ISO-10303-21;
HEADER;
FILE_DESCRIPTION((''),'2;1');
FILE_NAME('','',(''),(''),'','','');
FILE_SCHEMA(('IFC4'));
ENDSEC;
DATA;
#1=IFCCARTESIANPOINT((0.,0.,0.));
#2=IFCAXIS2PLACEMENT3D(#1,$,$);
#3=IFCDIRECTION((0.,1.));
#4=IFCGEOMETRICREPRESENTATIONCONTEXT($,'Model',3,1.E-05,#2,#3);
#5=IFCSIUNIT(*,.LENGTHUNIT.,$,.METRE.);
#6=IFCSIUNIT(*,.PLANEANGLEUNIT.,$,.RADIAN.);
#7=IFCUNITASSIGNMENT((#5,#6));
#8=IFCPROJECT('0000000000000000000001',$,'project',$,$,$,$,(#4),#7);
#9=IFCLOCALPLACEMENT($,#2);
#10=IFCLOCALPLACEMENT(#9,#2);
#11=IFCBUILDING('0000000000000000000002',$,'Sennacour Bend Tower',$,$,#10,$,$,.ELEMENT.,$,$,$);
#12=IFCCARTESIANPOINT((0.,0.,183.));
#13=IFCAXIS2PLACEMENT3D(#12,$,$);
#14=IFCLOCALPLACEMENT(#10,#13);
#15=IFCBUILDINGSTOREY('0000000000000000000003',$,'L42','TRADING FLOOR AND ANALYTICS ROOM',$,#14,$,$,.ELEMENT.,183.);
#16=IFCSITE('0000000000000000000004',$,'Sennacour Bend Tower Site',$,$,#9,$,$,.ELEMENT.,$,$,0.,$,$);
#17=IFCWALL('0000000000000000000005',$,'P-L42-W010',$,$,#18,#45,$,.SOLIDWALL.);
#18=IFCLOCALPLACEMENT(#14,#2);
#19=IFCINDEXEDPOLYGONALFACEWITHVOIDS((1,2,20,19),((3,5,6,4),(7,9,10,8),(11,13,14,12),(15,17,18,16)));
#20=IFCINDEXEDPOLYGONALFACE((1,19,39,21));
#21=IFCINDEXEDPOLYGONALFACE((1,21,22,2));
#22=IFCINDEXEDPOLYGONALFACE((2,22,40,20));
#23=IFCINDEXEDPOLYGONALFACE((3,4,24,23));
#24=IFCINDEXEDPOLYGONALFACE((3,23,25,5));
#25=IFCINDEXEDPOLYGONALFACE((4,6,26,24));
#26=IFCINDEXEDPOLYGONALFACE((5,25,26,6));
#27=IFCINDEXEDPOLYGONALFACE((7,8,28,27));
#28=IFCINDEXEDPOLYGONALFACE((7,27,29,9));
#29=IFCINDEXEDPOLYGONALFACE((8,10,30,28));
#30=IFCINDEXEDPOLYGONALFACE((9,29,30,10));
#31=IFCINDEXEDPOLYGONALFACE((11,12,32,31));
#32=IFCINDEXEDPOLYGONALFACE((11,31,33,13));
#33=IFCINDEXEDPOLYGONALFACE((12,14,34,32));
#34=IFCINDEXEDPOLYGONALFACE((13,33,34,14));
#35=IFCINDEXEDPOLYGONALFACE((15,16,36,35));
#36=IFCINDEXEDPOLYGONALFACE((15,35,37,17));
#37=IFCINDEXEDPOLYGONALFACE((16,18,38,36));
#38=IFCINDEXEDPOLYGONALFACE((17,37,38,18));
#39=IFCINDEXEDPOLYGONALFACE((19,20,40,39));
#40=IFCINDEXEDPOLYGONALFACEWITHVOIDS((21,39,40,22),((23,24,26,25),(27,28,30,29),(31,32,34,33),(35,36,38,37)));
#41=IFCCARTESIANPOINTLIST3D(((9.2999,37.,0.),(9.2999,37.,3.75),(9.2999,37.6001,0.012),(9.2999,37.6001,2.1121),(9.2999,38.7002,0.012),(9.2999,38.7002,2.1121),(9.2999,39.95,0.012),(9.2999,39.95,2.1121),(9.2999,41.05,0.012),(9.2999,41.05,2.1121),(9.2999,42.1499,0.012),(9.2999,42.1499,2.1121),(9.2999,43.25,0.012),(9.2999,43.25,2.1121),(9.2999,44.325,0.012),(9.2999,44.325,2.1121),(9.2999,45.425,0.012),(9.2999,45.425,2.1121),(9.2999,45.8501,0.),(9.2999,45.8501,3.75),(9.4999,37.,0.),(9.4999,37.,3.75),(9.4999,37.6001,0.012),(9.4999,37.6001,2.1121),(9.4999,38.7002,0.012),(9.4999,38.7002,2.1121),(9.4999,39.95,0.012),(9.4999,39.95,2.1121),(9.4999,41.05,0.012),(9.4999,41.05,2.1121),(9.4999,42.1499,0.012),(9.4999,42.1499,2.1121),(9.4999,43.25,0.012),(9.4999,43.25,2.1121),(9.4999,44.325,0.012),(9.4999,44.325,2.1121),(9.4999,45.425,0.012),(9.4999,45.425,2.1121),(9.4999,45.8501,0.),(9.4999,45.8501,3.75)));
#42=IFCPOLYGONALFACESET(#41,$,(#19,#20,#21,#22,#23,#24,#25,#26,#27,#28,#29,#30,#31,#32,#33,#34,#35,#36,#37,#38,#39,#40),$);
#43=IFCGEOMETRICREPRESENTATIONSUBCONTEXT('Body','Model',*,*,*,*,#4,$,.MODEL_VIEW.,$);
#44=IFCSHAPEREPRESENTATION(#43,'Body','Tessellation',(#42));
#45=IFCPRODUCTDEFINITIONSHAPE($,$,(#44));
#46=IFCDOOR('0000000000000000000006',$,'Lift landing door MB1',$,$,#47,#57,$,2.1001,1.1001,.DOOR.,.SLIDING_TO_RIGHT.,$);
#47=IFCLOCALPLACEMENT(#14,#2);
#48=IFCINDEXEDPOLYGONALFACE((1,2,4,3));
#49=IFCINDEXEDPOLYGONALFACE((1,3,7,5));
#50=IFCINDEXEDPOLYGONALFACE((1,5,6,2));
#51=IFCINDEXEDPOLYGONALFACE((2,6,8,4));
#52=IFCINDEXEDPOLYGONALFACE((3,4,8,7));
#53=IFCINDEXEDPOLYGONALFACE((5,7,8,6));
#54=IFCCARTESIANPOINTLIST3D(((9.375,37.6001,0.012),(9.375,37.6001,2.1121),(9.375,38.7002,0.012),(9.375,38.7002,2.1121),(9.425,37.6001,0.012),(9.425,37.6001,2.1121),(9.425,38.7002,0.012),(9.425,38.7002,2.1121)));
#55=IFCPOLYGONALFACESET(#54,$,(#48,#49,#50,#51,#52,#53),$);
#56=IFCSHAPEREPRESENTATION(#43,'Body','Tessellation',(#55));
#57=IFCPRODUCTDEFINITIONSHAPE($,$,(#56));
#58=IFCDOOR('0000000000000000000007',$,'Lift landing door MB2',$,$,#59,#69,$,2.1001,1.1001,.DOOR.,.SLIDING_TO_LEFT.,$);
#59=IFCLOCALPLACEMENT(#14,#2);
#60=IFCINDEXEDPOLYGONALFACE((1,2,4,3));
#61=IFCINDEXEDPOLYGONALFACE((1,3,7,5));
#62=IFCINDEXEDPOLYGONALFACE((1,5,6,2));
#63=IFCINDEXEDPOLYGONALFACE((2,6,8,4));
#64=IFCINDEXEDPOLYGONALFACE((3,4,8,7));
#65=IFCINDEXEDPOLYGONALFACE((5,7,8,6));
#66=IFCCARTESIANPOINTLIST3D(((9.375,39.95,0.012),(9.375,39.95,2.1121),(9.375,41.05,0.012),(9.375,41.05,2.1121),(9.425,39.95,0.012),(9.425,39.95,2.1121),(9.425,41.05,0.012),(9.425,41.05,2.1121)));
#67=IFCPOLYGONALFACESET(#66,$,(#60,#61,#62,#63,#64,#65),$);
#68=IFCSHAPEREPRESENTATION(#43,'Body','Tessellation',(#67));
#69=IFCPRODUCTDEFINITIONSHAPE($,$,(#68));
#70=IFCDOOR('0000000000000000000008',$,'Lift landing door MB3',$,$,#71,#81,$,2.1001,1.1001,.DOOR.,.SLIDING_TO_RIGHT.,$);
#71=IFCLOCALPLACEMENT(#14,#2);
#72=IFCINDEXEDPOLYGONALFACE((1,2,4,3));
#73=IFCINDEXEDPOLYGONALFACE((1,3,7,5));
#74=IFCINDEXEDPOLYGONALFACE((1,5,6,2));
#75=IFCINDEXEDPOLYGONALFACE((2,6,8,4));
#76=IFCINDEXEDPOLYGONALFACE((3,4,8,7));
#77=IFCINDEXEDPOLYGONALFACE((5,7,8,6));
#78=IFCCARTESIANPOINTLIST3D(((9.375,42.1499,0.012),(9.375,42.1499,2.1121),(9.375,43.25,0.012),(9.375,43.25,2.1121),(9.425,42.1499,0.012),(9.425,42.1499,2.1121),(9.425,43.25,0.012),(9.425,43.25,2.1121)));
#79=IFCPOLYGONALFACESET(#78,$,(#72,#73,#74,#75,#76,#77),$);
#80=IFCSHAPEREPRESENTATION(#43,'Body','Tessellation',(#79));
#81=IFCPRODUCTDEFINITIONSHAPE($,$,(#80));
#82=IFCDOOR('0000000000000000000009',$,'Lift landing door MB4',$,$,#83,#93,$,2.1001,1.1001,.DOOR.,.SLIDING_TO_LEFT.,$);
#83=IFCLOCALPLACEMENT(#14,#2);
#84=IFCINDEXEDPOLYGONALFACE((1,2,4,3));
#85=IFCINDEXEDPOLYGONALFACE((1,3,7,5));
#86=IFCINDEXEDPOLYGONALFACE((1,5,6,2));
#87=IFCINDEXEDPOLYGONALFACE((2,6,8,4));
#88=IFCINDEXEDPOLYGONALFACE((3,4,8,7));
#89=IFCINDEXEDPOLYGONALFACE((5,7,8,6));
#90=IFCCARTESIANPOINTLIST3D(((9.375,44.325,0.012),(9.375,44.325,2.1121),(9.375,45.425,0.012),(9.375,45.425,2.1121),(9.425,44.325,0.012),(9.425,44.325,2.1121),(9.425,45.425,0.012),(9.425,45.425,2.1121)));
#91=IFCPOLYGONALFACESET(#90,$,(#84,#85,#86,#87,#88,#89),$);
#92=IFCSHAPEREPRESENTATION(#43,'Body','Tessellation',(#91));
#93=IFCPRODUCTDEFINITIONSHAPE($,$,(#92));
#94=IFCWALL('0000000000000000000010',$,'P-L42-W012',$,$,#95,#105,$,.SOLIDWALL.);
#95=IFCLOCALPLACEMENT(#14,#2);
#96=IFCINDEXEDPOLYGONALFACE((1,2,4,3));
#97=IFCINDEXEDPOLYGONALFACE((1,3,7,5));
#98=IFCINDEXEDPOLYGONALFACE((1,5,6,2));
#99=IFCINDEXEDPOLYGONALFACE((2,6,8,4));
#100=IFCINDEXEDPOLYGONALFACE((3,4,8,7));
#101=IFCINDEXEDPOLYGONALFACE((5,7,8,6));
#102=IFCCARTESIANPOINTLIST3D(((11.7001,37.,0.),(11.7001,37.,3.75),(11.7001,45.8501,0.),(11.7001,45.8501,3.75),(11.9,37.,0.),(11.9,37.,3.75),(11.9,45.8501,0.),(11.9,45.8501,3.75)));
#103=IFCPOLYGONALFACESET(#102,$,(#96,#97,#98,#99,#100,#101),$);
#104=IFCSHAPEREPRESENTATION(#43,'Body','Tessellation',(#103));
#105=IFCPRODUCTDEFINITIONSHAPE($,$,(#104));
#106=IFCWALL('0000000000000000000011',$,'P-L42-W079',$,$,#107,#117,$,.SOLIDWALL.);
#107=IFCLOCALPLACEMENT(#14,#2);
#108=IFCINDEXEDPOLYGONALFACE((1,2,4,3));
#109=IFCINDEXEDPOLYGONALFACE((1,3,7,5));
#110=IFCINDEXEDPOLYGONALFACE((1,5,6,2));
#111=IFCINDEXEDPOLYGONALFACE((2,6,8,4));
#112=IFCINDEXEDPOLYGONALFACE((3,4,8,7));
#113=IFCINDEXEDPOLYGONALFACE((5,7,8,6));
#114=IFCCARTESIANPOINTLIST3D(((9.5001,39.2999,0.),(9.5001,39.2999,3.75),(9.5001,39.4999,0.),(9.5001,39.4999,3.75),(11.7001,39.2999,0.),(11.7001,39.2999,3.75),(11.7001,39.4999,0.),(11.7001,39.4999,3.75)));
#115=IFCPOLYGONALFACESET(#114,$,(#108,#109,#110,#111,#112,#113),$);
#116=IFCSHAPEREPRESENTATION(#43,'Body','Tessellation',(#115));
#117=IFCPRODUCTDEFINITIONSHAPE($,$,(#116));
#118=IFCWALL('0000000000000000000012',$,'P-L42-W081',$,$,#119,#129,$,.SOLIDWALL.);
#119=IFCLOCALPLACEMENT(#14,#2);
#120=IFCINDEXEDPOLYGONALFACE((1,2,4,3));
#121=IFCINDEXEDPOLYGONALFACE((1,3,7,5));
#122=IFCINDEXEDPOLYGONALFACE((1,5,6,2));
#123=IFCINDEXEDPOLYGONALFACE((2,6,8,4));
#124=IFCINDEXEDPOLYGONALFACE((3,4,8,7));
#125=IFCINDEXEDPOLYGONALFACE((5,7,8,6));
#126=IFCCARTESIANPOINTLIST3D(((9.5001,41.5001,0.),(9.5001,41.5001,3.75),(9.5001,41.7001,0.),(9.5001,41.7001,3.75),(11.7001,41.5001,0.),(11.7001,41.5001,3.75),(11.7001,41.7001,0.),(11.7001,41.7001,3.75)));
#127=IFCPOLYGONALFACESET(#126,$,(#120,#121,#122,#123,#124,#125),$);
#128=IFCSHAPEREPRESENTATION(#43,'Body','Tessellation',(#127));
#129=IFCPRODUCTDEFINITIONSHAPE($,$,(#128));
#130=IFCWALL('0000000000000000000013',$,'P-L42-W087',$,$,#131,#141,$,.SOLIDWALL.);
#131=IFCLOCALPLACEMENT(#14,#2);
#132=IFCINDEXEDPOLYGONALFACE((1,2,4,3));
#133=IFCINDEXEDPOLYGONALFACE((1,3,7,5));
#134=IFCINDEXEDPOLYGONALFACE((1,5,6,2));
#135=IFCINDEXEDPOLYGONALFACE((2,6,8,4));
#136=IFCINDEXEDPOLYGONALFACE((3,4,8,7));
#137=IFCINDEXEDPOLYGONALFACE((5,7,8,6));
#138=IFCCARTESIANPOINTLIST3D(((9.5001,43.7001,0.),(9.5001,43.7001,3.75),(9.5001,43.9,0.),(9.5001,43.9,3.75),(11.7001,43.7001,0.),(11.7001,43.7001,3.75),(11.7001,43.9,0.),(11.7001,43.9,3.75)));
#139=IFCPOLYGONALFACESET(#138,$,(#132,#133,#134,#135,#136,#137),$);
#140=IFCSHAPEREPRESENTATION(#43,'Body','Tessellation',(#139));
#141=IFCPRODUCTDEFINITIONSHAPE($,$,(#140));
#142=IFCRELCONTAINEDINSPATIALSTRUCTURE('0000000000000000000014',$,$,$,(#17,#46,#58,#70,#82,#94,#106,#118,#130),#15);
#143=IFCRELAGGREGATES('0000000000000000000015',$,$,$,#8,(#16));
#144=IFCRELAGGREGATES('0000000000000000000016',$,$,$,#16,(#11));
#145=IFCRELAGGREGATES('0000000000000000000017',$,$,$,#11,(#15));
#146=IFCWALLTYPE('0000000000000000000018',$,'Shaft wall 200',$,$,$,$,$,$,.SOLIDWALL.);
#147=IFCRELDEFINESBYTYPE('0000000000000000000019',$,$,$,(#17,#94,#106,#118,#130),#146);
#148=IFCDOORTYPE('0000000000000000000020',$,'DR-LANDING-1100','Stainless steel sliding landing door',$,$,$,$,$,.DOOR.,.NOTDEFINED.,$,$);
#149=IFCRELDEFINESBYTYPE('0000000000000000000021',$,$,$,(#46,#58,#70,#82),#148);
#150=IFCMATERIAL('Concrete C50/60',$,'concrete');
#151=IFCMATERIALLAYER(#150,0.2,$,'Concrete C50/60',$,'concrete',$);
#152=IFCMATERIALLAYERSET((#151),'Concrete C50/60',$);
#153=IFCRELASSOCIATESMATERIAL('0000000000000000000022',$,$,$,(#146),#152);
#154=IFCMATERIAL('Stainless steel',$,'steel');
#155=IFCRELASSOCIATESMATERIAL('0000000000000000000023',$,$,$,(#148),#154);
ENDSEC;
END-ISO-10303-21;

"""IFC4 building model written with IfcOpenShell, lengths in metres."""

from ifc_helpers import new_model, si_unit, direction, frame, frame_2d, origin, place, context, subcontext, project, spatial, rectangle, extrude, material, layer, layer_set, type_object, element, fill, save


model = new_model("IFC4")

# Units and contexts
model_context = context("Model", 3, precision=1e-05, world=origin(), true_north=direction((0.0, 1.0)))
body_context = subcontext(model_context, "Body", "Model", "MODEL_VIEW")
ifc_project = project(units=[si_unit("LENGTHUNIT", "METRE"), si_unit("PLANEANGLEUNIT", "RADIAN")], contexts=[model_context])

# Site, building, storey
site_placement = place(None, origin())
site = spatial("IfcSite", under=ifc_project, at=site_placement, Name="Sennacour Bend Tower Site", CompositionType="ELEMENT", RefElevation=0.0)
building_placement = place(site_placement, origin())
building = spatial("IfcBuilding", under=site, at=building_placement, Name="Sennacour Bend Tower", CompositionType="ELEMENT")
storey_placement = place(building_placement, frame((0.0, 0.0, 183.0)))
storey = spatial("IfcBuildingStorey", under=building, at=storey_placement, Name="L42", Description="TRADING FLOOR AND ANALYTICS ROOM", CompositionType="ELEMENT", Elevation=183.0)

# Wall, openings, doors
ifc_material_1 = material(Name="Concrete C50/60", Category="concrete")
ifc_layer_1 = layer(ifc_material_1, 0.2, Name="Concrete C50/60", Category="concrete")
ifc_layer_set_1 = layer_set([ifc_layer_1], Name="Concrete C50/60")
wall_type_1 = type_object("IfcWallType", Name="Shaft wall 200", PredefinedType="SOLIDWALL", material=ifc_layer_set_1)
wall_1_placement = place(storey_placement, frame((9.3999, 37.0, 0.0), z_axis=(0.0, 0.0, 1.0), x_axis=(0.0, 1.0, 0.0)))
wall_1 = element("IfcWall", 1, at=wall_1_placement, inside=storey, type_object=wall_type_1, Name="P-L42-W010", PredefinedType="SOLIDWALL", context=body_context, shape_type="SweptSolid", body=[
    extrude(rectangle(XDim=8.8501, YDim=0.2, at=frame_2d((4.425, 0.0))), origin(), (0.0, 0.0, 1.0), 3.75),
])
opening_1_placement = place(wall_1_placement, frame((0.6001, 0.0, 0.012)))
opening_1 = element("IfcOpeningElement", 2, at=opening_1_placement, cuts=wall_1, PredefinedType="OPENING", context=body_context, shape_type="SweptSolid", body=[
    extrude(rectangle(XDim=1.1001, YDim=2.1001, at=frame_2d((0.55, 1.05))), frame((0.0, 0.1099, 0.0), z_axis=(0.0, -1.0, 0.0), x_axis=(1.0, 0.0, 0.0)), (0.0, 0.0, 1.0), 0.22),
])
opening_2_placement = place(wall_1_placement, frame((2.95, 0.0, 0.012)))
opening_2 = element("IfcOpeningElement", 3, at=opening_2_placement, cuts=wall_1, PredefinedType="OPENING", context=body_context, shape_type="SweptSolid", body=[
    extrude(rectangle(XDim=1.1001, YDim=2.1001, at=frame_2d((0.55, 1.05))), frame((0.0, 0.1099, 0.0), z_axis=(0.0, -1.0, 0.0), x_axis=(1.0, 0.0, 0.0)), (0.0, 0.0, 1.0), 0.22),
])
opening_3_placement = place(wall_1_placement, frame((5.1499, 0.0, 0.012)))
opening_3 = element("IfcOpeningElement", 4, at=opening_3_placement, cuts=wall_1, PredefinedType="OPENING", context=body_context, shape_type="SweptSolid", body=[
    extrude(rectangle(XDim=1.1001, YDim=2.1001, at=frame_2d((0.55, 1.05))), frame((0.0, 0.1099, 0.0), z_axis=(0.0, -1.0, 0.0), x_axis=(1.0, 0.0, 0.0)), (0.0, 0.0, 1.0), 0.22),
])
opening_4_placement = place(wall_1_placement, frame((7.325, 0.0, 0.012)))
opening_4 = element("IfcOpeningElement", 5, at=opening_4_placement, cuts=wall_1, PredefinedType="OPENING", context=body_context, shape_type="SweptSolid", body=[
    extrude(rectangle(XDim=1.1001, YDim=2.1001, at=frame_2d((0.55, 1.05))), frame((0.0, 0.1099, 0.0), z_axis=(0.0, -1.0, 0.0), x_axis=(1.0, 0.0, 0.0)), (0.0, 0.0, 1.0), 0.22),
])
ifc_material_2 = material(Name="Stainless steel", Category="steel")
door_type_1 = type_object("IfcDoorType", Name="DR-LANDING-1100", Description="Stainless steel sliding landing door", OperationType="NOTDEFINED", PredefinedType="DOOR", material=ifc_material_2)
door_1_placement = place(opening_1_placement, origin())
door_1 = element("IfcDoor", 6, at=door_1_placement, inside=storey, type_object=door_type_1, Name="Lift landing door MB1", OperationType="SLIDING_TO_RIGHT", OverallHeight=2.1001, OverallWidth=1.1001, PredefinedType="DOOR", context=body_context, shape_type="SweptSolid", body=[
    extrude(rectangle(XDim=1.1001, YDim=2.1001, at=frame_2d((0.55, 1.05))), frame((0.0, 0.0249, 0.0), z_axis=(0.0, -1.0, 0.0), x_axis=(1.0, 0.0, 0.0)), (0.0, 0.0, 1.0), 0.05),
])
fill(opening_1, door_1)
door_2_placement = place(opening_2_placement, origin())
door_2 = element("IfcDoor", 7, at=door_2_placement, inside=storey, type_object=door_type_1, Name="Lift landing door MB2", OperationType="SLIDING_TO_LEFT", OverallHeight=2.1001, OverallWidth=1.1001, PredefinedType="DOOR", context=body_context, shape_type="SweptSolid", body=[
    extrude(rectangle(XDim=1.1001, YDim=2.1001, at=frame_2d((0.55, 1.05))), frame((0.0, 0.0249, 0.0), z_axis=(0.0, -1.0, 0.0), x_axis=(1.0, 0.0, 0.0)), (0.0, 0.0, 1.0), 0.05),
])
fill(opening_2, door_2)
door_3_placement = place(opening_3_placement, origin())
door_3 = element("IfcDoor", 8, at=door_3_placement, inside=storey, type_object=door_type_1, Name="Lift landing door MB3", OperationType="SLIDING_TO_RIGHT", OverallHeight=2.1001, OverallWidth=1.1001, PredefinedType="DOOR", context=body_context, shape_type="SweptSolid", body=[
    extrude(rectangle(XDim=1.1001, YDim=2.1001, at=frame_2d((0.55, 1.05))), frame((0.0, 0.0249, 0.0), z_axis=(0.0, -1.0, 0.0), x_axis=(1.0, 0.0, 0.0)), (0.0, 0.0, 1.0), 0.05),
])
fill(opening_3, door_3)
door_4_placement = place(opening_4_placement, origin())
door_4 = element("IfcDoor", 9, at=door_4_placement, inside=storey, type_object=door_type_1, Name="Lift landing door MB4", OperationType="SLIDING_TO_LEFT", OverallHeight=2.1001, OverallWidth=1.1001, PredefinedType="DOOR", context=body_context, shape_type="SweptSolid", body=[
    extrude(rectangle(XDim=1.1001, YDim=2.1001, at=frame_2d((0.55, 1.05))), frame((0.0, 0.0249, 0.0), z_axis=(0.0, -1.0, 0.0), x_axis=(1.0, 0.0, 0.0)), (0.0, 0.0, 1.0), 0.05),
])
fill(opening_4, door_4)

# Walls
wall_2_placement = place(storey_placement, frame((11.8, 37.0, 0.0), z_axis=(0.0, 0.0, 1.0), x_axis=(0.0, 1.0, 0.0)))
element("IfcWall", 10, at=wall_2_placement, inside=storey, type_object=wall_type_1, Name="P-L42-W012", PredefinedType="SOLIDWALL", context=body_context, shape_type="SweptSolid", body=[
    extrude(rectangle(XDim=8.8501, YDim=0.2, at=frame_2d((4.425, 0.0))), origin(), (0.0, 0.0, 1.0), 3.75),
])
for number, where, z_axis, x_axis, name in (
    (11, (9.5, 39.3999, 0.0), (0.0, 0.0, 1.0), (1.0, 0.0, 0.0), "P-L42-W079"),
    (12, (9.5, 41.6001, 0.0), (0.0, 0.0, 1.0), (1.0, 0.0, 0.0), "P-L42-W081"),
    (13, (9.5, 43.8, 0.0), (0.0, 0.0, 1.0), (1.0, 0.0, 0.0), "P-L42-W087"),
):
    element("IfcWall", number, at=place(storey_placement, frame(where, z_axis=z_axis, x_axis=x_axis)), inside=storey, type_object=wall_type_1, Name=name, PredefinedType="SOLIDWALL", context=body_context, shape_type="SweptSolid", body=[
        extrude(rectangle(XDim=2.2, YDim=0.2, at=frame_2d((1.1001, 0.0))), origin(), (0.0, 0.0, 1.0), 3.75),
    ])

save(model, "model.ifc")
